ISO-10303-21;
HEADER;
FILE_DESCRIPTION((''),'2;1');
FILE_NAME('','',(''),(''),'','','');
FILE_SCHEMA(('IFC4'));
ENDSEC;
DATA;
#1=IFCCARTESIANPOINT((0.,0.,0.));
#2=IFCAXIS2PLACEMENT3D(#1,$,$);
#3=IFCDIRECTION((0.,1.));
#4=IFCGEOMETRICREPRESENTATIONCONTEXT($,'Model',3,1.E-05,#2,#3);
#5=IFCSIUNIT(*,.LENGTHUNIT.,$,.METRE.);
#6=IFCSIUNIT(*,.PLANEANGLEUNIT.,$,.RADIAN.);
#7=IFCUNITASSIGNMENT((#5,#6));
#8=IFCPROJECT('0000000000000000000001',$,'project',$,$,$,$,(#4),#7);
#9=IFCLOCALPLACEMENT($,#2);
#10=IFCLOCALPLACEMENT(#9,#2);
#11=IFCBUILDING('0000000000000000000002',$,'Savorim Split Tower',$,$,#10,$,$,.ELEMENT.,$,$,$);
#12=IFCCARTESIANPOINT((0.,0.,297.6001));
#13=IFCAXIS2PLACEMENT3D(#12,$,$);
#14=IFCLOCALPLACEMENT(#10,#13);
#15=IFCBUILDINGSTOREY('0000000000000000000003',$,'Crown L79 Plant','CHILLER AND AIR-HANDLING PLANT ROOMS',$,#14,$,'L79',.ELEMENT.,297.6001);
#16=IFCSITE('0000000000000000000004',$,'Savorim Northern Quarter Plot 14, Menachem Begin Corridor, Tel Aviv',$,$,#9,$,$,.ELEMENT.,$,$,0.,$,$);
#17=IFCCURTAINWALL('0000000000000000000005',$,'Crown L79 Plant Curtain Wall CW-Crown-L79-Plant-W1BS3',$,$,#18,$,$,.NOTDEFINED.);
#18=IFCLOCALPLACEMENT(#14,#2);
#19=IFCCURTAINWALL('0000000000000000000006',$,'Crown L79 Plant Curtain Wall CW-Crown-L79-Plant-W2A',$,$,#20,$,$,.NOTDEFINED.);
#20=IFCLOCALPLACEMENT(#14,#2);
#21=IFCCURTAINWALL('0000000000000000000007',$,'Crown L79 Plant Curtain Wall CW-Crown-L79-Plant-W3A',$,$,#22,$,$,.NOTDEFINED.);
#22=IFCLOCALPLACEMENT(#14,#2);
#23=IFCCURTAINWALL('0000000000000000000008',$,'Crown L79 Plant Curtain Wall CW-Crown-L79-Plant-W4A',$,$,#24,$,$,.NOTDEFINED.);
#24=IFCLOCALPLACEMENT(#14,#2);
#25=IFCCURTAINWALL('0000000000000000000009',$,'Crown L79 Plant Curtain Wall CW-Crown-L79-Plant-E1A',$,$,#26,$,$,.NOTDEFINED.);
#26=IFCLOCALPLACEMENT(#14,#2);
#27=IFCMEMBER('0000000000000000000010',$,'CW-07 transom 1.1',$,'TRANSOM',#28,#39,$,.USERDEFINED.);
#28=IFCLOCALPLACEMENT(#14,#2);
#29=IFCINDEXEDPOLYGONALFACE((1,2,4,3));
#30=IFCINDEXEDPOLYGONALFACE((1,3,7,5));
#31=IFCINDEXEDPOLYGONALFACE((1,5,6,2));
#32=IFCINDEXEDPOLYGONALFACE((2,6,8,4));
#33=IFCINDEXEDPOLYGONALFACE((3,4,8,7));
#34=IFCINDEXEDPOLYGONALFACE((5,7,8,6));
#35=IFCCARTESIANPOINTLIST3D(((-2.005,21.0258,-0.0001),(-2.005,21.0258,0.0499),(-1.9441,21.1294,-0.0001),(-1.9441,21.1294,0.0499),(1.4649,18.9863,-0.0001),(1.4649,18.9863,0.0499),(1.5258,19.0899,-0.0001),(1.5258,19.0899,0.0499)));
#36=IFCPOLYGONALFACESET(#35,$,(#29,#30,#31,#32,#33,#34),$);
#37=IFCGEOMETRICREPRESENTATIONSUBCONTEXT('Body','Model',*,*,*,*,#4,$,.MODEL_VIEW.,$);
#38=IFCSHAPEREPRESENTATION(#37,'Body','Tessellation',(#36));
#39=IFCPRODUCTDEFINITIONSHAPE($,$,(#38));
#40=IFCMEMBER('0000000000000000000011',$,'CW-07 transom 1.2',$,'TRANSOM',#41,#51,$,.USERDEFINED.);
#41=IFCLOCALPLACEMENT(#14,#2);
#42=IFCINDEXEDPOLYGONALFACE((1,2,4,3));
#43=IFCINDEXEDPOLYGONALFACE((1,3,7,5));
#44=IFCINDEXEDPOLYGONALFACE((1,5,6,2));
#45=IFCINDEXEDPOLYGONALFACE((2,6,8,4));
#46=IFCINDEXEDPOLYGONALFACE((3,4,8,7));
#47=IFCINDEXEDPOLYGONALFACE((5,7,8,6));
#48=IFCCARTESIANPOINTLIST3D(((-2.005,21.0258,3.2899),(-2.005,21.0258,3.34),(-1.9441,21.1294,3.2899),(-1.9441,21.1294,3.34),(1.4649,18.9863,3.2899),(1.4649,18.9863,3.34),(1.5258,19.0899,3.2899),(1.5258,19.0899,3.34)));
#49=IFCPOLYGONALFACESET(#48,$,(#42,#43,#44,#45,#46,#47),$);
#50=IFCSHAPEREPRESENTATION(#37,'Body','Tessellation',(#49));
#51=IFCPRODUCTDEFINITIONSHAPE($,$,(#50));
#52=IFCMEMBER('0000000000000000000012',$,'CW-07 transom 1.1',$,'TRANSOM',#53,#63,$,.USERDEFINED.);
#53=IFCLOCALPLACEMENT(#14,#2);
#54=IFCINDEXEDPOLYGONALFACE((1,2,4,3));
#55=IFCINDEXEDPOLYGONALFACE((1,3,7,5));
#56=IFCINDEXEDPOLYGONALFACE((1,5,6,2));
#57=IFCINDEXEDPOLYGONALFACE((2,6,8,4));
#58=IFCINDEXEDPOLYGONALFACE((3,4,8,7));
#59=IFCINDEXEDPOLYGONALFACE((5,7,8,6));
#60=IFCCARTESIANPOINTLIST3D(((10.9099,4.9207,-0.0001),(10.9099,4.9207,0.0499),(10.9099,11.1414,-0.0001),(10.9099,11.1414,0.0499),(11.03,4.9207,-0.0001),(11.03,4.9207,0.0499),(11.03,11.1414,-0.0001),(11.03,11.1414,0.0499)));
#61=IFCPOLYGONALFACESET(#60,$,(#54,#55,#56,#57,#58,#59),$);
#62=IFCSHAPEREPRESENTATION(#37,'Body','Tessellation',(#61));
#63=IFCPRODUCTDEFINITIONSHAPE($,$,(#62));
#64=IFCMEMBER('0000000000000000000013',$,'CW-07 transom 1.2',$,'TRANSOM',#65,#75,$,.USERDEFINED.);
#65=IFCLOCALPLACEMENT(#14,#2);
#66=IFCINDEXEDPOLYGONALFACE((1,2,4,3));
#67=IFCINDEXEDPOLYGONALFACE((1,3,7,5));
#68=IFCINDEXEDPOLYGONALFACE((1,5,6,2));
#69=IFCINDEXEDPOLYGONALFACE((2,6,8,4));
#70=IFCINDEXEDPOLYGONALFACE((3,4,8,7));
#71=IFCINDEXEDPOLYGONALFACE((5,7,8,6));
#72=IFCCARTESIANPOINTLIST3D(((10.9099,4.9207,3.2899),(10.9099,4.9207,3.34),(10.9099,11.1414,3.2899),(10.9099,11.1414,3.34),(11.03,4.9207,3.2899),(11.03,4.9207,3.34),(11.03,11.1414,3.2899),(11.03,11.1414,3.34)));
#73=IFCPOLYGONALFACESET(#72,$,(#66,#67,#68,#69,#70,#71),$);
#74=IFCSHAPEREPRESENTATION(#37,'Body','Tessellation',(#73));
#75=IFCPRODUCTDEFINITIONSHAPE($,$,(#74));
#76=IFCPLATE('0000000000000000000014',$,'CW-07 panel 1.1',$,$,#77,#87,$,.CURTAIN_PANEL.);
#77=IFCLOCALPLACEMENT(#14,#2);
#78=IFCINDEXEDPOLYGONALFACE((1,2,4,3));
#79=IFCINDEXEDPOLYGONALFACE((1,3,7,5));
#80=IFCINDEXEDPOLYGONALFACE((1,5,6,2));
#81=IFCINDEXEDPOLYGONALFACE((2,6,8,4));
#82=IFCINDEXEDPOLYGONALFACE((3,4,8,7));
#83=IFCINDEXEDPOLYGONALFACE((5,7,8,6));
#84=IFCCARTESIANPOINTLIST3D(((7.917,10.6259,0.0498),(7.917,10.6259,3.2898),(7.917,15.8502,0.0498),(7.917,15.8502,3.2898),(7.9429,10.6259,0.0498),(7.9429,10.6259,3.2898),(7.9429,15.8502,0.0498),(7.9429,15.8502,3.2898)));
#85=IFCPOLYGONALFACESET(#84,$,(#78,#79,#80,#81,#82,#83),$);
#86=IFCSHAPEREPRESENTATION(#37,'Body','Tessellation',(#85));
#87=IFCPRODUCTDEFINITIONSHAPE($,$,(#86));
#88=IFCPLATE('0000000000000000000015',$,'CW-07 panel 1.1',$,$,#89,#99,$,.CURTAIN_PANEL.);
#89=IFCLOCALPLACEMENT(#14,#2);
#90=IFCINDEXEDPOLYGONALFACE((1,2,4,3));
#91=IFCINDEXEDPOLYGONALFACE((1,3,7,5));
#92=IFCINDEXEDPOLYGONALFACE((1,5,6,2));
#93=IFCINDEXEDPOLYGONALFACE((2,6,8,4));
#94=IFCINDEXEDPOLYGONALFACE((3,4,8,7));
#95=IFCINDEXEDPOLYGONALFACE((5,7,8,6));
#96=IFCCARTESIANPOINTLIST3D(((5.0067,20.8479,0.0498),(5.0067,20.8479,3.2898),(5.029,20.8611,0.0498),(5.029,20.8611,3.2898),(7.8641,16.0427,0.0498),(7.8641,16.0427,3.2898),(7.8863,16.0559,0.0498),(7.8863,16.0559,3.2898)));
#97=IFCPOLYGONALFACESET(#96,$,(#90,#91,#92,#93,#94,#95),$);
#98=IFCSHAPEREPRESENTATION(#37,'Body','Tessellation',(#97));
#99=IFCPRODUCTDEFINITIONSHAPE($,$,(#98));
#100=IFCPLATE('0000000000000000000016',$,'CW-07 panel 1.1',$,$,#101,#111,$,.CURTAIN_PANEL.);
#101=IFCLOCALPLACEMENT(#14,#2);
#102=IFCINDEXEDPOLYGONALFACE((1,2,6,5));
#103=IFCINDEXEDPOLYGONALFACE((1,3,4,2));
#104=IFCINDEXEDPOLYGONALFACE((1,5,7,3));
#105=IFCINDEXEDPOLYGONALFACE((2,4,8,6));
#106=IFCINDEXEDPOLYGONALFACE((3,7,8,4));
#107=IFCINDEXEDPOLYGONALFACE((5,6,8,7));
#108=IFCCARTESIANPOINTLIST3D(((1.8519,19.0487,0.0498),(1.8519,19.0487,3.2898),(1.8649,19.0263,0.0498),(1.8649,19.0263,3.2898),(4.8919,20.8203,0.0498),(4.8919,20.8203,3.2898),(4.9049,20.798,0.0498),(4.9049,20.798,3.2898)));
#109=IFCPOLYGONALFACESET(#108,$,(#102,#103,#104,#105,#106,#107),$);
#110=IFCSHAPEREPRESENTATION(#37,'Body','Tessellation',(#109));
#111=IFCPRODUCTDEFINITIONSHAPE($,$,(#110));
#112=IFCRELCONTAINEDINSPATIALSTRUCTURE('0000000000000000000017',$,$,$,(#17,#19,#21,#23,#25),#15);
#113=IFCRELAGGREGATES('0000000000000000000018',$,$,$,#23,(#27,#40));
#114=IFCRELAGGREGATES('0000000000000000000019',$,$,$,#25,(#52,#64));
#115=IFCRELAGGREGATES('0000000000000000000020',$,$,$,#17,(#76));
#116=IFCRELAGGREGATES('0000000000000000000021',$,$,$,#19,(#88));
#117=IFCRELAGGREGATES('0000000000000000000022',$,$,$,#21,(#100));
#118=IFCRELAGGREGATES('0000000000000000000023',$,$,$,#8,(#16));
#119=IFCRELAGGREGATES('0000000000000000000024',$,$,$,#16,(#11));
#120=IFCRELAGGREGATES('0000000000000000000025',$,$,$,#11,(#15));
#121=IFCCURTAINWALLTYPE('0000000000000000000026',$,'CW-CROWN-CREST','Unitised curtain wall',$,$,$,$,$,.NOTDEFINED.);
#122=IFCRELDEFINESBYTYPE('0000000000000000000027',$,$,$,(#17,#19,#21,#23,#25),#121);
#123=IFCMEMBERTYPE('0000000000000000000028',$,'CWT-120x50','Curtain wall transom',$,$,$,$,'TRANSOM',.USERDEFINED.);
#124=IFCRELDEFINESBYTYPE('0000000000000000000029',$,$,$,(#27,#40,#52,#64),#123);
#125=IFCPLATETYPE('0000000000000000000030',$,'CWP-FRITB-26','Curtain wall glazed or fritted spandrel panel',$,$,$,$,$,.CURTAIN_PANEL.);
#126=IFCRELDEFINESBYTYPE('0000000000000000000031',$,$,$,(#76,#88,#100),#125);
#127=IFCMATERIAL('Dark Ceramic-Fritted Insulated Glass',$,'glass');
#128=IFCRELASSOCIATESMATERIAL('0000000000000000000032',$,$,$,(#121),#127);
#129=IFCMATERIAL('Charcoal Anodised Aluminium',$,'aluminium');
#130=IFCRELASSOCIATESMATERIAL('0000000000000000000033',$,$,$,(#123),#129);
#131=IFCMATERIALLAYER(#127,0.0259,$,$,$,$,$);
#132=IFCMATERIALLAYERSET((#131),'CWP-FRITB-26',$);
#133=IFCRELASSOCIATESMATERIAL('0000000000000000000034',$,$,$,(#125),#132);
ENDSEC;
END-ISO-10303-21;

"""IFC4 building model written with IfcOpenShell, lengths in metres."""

from ifc_helpers import new_model, si_unit, direction, frame, origin, origin_2d, place, context, subcontext, project, spatial, rectangle, extrude, material, layer, layer_set, material_profile, profile_set, type_object, element, aggregate, save


model = new_model("IFC4")

# Units and contexts
model_context = context("Model", 3, precision=1e-05, world=origin(), true_north=direction((0.0, 1.0)))
body_context = subcontext(model_context, "Body", "Model", "MODEL_VIEW")
ifc_project = project(units=[si_unit("LENGTHUNIT", "METRE"), si_unit("PLANEANGLEUNIT", "RADIAN")], contexts=[model_context])

# Site, building, storey
site_placement = place(None, origin())
site = spatial("IfcSite", under=ifc_project, at=site_placement, Name="Savorim Northern Quarter Plot 14, Menachem Begin Corridor, Tel Aviv", CompositionType="ELEMENT", RefElevation=0.0)
building_placement = place(site_placement, origin())
building = spatial("IfcBuilding", under=site, at=building_placement, Name="Savorim Split Tower", CompositionType="ELEMENT")
storey_placement = place(building_placement, frame((0.0, 0.0, 297.6001)))
storey = spatial("IfcBuildingStorey", under=building, at=storey_placement, Name="Crown L79 Plant", Description="CHILLER AND AIR-HANDLING PLANT ROOMS", LongName="L79", CompositionType="ELEMENT", Elevation=297.6001)

# Curtain walls
ifc_material_1 = material(Name="Dark Ceramic-Fritted Insulated Glass", Category="glass")
curtain_wall_type = type_object("IfcCurtainWallType", Name="CW-CROWN-CREST", Description="Unitised curtain wall", PredefinedType="NOTDEFINED", material=ifc_material_1)
curtain_wall_1_placement = place(storey_placement, origin())
curtain_wall_1 = element("IfcCurtainWall", 1, at=curtain_wall_1_placement, inside=storey, type_object=curtain_wall_type, Name="Crown L79 Plant Curtain Wall CW-Crown-L79-Plant-W1BS3", PredefinedType="NOTDEFINED")
ifc_material_2 = material(Name="Charcoal Anodised Aluminium", Category="aluminium")
curtain_wall_2_placement = place(storey_placement, origin())
curtain_wall_2 = element("IfcCurtainWall", 2, at=curtain_wall_2_placement, inside=storey, type_object=curtain_wall_type, Name="Crown L79 Plant Curtain Wall CW-Crown-L79-Plant-W2A", PredefinedType="NOTDEFINED")
curtain_wall_3_placement = place(storey_placement, origin())
curtain_wall_3 = element("IfcCurtainWall", 3, at=curtain_wall_3_placement, inside=storey, type_object=curtain_wall_type, Name="Crown L79 Plant Curtain Wall CW-Crown-L79-Plant-W3A", PredefinedType="NOTDEFINED")

# Curtain walls
curtain_wall_4_placement = place(storey_placement, origin())
curtain_wall_4 = element("IfcCurtainWall", 4, at=curtain_wall_4_placement, inside=storey, type_object=curtain_wall_type, Name="Crown L79 Plant Curtain Wall CW-Crown-L79-Plant-W4A", PredefinedType="NOTDEFINED")
curtain_wall_5_placement = place(storey_placement, origin())
curtain_wall_5 = element("IfcCurtainWall", 5, at=curtain_wall_5_placement, inside=storey, type_object=curtain_wall_type, Name="Crown L79 Plant Curtain Wall CW-Crown-L79-Plant-E1A", PredefinedType="NOTDEFINED")

# Members
ifc_material_profile_1 = material_profile(ifc_material_2, rectangle(XDim=0.1201, YDim=0.05, at=origin_2d()), Name="ALU-T 120x50")
ifc_profile_set_1 = profile_set([ifc_material_profile_1], Name="Charcoal Anodised Aluminium")
member_type_1 = type_object("IfcMemberType", Name="CWT-120x50", Description="Curtain wall transom", ElementType="TRANSOM", PredefinedType="USERDEFINED", material=ifc_profile_set_1)
member_1_placement = place(storey_placement, frame((1.4954, 19.0381, 0.0249), z_axis=(-0.862109, 0.506723, 0.0), x_axis=(-0.506723, -0.862109, 0.0)))
member_1 = element("IfcMember", 6, at=member_1_placement, type_object=member_type_1, Name="CW-07 transom 1.1", ObjectType="TRANSOM", PredefinedType="USERDEFINED", context=body_context, shape_type="SweptSolid", body=[
    extrude(rectangle(XDim=0.1201, YDim=0.05, at=origin_2d()), origin(), (0.0, 0.0, 1.0), 4.0249),
])
member_2_placement = place(storey_placement, frame((1.4954, 19.0381, 3.3149), z_axis=(-0.862109, 0.506723, 0.0), x_axis=(-0.506723, -0.862109, 0.0)))
member_2 = element("IfcMember", 7, at=member_2_placement, type_object=member_type_1, Name="CW-07 transom 1.2", ObjectType="TRANSOM", PredefinedType="USERDEFINED", context=body_context, shape_type="SweptSolid", body=[
    extrude(rectangle(XDim=0.1201, YDim=0.05, at=origin_2d()), origin(), (0.0, 0.0, 1.0), 4.0249),
])
aggregate(curtain_wall_4, [member_1, member_2])
member_3_placement = place(storey_placement, frame((10.97, 11.1414, 0.0249), z_axis=(0.0, -1.0, 0.0), x_axis=(1.0, 0.0, 0.0)))
member_3 = element("IfcMember", 8, at=member_3_placement, type_object=member_type_1, Name="CW-07 transom 1.1", ObjectType="TRANSOM", PredefinedType="USERDEFINED", context=body_context, shape_type="SweptSolid", body=[
    extrude(rectangle(XDim=0.1201, YDim=0.05, at=origin_2d()), origin(), (0.0, 0.0, 1.0), 6.2207),
])
member_4_placement = place(storey_placement, frame((10.97, 11.1414, 3.3149), z_axis=(0.0, -1.0, 0.0), x_axis=(1.0, 0.0, 0.0)))
member_4 = element("IfcMember", 9, at=member_4_placement, type_object=member_type_1, Name="CW-07 transom 1.2", ObjectType="TRANSOM", PredefinedType="USERDEFINED", context=body_context, shape_type="SweptSolid", body=[
    extrude(rectangle(XDim=0.1201, YDim=0.05, at=origin_2d()), origin(), (0.0, 0.0, 1.0), 6.2207),
])
aggregate(curtain_wall_5, [member_3, member_4])

# Plates
ifc_layer = layer(ifc_material_1, 0.0259)
ifc_layer_set = layer_set([ifc_layer], Name="CWP-FRITB-26")
plate_type = type_object("IfcPlateType", Name="CWP-FRITB-26", Description="Curtain wall glazed or fritted spandrel panel", PredefinedType="CURTAIN_PANEL", material=ifc_layer_set)
plate_1_placement = place(storey_placement, frame((7.9299, 13.238, 0.0498), z_axis=(0.0, 0.0, 1.0), x_axis=(0.0, 1.0, 0.0)))
plate_1 = element("IfcPlate", 10, at=plate_1_placement, type_object=plate_type, Name="CW-07 panel 1.1", PredefinedType="CURTAIN_PANEL", context=body_context, shape_type="SweptSolid", body=[
    extrude(rectangle(XDim=5.2244, YDim=0.0259, at=origin_2d()), origin(), (0.0, 0.0, 1.0), 3.24),
])
aggregate(curtain_wall_1, [plate_1])
plate_2_placement = place(storey_placement, frame((6.4465, 18.4519, 0.0498), z_axis=(0.0, 0.0, 1.0), x_axis=(-0.5111, 0.859521, 0.0)))
plate_2 = element("IfcPlate", 11, at=plate_2_placement, type_object=plate_type, Name="CW-07 panel 1.1", PredefinedType="CURTAIN_PANEL", context=body_context, shape_type="SweptSolid", body=[
    extrude(rectangle(XDim=5.5906, YDim=0.0259, at=origin_2d()), origin(), (0.0, 0.0, 1.0), 3.24),
])
aggregate(curtain_wall_2, [plate_2])
plate_3_placement = place(storey_placement, frame((3.3784, 19.9233, 0.0498), z_axis=(0.0, 0.0, 1.0), x_axis=(-0.863985, -0.503517, 0.0)))
plate_3 = element("IfcPlate", 12, at=plate_3_placement, type_object=plate_type, Name="CW-07 panel 1.1", PredefinedType="CURTAIN_PANEL", context=body_context, shape_type="SweptSolid", body=[
    extrude(rectangle(XDim=3.5186, YDim=0.0259, at=origin_2d()), origin(), (0.0, 0.0, 1.0), 3.24),
])
aggregate(curtain_wall_3, [plate_3])

save(model, "model.ifc")
